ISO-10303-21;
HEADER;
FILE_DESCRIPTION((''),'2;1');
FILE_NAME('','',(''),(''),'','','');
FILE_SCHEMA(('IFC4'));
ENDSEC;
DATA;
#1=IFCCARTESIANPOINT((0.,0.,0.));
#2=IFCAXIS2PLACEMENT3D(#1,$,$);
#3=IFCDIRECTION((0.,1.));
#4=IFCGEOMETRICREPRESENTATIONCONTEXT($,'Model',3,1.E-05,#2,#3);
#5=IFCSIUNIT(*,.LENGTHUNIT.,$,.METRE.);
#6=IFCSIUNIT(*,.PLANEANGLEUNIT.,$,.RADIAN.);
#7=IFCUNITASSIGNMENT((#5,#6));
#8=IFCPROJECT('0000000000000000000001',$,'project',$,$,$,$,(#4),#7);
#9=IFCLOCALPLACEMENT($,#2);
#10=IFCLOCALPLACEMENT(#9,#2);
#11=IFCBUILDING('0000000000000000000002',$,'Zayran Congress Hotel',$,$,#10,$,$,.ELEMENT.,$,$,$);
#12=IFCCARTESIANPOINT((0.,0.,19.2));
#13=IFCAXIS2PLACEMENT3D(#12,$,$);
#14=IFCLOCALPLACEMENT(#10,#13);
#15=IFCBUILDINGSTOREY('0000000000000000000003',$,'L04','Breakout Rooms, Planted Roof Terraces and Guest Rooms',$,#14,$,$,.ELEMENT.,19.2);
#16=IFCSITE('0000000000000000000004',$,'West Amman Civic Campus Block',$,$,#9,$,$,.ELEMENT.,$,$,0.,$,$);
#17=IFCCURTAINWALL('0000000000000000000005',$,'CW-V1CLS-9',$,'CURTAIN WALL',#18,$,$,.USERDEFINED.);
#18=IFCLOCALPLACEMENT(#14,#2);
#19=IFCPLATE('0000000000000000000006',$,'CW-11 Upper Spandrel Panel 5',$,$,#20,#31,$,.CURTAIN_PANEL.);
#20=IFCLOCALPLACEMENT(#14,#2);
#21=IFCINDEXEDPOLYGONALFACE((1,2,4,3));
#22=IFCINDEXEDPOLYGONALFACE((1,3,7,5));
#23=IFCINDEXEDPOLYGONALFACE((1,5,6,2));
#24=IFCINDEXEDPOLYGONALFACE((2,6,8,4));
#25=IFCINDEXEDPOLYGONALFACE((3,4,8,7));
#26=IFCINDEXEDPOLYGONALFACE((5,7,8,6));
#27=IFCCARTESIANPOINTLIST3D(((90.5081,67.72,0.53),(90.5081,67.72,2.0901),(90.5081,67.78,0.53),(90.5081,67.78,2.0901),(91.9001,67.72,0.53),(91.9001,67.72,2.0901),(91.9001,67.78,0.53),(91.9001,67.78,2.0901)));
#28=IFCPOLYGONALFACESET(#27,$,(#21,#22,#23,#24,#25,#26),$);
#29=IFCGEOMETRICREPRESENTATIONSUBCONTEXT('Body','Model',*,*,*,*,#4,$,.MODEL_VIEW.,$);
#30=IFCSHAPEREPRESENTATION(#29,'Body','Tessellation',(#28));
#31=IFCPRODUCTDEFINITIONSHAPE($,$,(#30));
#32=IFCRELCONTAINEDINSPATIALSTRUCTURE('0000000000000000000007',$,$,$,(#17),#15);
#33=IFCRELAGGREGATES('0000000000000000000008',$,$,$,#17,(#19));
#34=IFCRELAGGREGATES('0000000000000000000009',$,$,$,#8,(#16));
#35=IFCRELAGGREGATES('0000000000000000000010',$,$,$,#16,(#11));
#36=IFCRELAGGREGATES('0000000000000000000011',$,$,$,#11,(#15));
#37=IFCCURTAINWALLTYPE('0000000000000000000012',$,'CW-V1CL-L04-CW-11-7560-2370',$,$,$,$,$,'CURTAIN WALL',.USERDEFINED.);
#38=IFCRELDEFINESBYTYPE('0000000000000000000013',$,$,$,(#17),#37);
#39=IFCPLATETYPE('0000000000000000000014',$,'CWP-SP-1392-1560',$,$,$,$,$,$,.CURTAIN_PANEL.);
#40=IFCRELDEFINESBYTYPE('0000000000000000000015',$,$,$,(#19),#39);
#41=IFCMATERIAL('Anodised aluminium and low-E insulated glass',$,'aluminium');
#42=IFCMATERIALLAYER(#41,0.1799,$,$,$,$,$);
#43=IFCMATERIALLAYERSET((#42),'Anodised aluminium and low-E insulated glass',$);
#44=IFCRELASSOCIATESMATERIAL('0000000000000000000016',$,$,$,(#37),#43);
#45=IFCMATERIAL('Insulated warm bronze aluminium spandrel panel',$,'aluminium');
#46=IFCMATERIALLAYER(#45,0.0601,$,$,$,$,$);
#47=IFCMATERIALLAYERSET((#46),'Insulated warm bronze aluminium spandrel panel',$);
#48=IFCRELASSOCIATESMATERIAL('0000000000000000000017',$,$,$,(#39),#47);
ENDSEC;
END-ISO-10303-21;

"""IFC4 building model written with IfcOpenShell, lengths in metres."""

from ifc_helpers import new_model, si_unit, direction, frame, origin, origin_2d, place, context, subcontext, project, spatial, rectangle, extrude, material, layer, layer_set, type_object, element, aggregate, save


model = new_model("IFC4")

# Units and contexts
model_context = context("Model", 3, precision=1e-05, world=origin(), true_north=direction((0.0, 1.0)))
body_context = subcontext(model_context, "Body", "Model", "MODEL_VIEW")
ifc_project = project(units=[si_unit("LENGTHUNIT", "METRE"), si_unit("PLANEANGLEUNIT", "RADIAN")], contexts=[model_context])

# Site, building, storey
site_placement = place(None, origin())
site = spatial("IfcSite", under=ifc_project, at=site_placement, Name="West Amman Civic Campus Block", CompositionType="ELEMENT", RefElevation=0.0)
building_placement = place(site_placement, origin())
building = spatial("IfcBuilding", under=site, at=building_placement, Name="Zayran Congress Hotel", CompositionType="ELEMENT")
storey_placement = place(building_placement, frame((0.0, 0.0, 19.2)))
storey = spatial("IfcBuildingStorey", under=building, at=storey_placement, Name="L04", Description="Breakout Rooms, Planted Roof Terraces and Guest Rooms", CompositionType="ELEMENT", Elevation=19.2)

# Shared definitions
ifc_material_1 = material(Name="Anodised aluminium and low-E insulated glass", Category="aluminium")

# Curtain wall
ifc_layer_1 = layer(ifc_material_1, 0.1799)
ifc_layer_set_1 = layer_set([ifc_layer_1], Name="Anodised aluminium and low-E insulated glass")
curtain_wall_type_1 = type_object("IfcCurtainWallType", Name="CW-V1CL-L04-CW-11-7560-2370", ElementType="CURTAIN WALL", PredefinedType="USERDEFINED", material=ifc_layer_set_1)
curtain_wall_1_placement = place(storey_placement, origin())
curtain_wall_1 = element("IfcCurtainWall", 1, at=curtain_wall_1_placement, inside=storey, type_object=curtain_wall_type_1, Name="CW-V1CLS-9", ObjectType="CURTAIN WALL", PredefinedType="USERDEFINED")

# Plate
ifc_material_2 = material(Name="Insulated warm bronze aluminium spandrel panel", Category="aluminium")
ifc_layer_2 = layer(ifc_material_2, 0.0601)
ifc_layer_set_2 = layer_set([ifc_layer_2], Name="Insulated warm bronze aluminium spandrel panel")
plate_type_1 = type_object("IfcPlateType", Name="CWP-SP-1392-1560", PredefinedType="CURTAIN_PANEL", material=ifc_layer_set_2)
plate_1_placement = place(storey_placement, frame((91.2041, 67.75, 0.53), z_axis=(0.0, 0.0, 1.0), x_axis=(1.0, 0.0, 0.0)))
plate_1 = element("IfcPlate", 2, at=plate_1_placement, type_object=plate_type_1, Name="CW-11 Upper Spandrel Panel 5", PredefinedType="CURTAIN_PANEL", context=body_context, shape_type="SweptSolid", body=[
    extrude(rectangle(XDim=1.3921, YDim=0.0601, at=origin_2d()), origin(), (0.0, 0.0, 1.0), 1.5601),
])
aggregate(curtain_wall_1, [plate_1])

save(model, "model.ifc")
